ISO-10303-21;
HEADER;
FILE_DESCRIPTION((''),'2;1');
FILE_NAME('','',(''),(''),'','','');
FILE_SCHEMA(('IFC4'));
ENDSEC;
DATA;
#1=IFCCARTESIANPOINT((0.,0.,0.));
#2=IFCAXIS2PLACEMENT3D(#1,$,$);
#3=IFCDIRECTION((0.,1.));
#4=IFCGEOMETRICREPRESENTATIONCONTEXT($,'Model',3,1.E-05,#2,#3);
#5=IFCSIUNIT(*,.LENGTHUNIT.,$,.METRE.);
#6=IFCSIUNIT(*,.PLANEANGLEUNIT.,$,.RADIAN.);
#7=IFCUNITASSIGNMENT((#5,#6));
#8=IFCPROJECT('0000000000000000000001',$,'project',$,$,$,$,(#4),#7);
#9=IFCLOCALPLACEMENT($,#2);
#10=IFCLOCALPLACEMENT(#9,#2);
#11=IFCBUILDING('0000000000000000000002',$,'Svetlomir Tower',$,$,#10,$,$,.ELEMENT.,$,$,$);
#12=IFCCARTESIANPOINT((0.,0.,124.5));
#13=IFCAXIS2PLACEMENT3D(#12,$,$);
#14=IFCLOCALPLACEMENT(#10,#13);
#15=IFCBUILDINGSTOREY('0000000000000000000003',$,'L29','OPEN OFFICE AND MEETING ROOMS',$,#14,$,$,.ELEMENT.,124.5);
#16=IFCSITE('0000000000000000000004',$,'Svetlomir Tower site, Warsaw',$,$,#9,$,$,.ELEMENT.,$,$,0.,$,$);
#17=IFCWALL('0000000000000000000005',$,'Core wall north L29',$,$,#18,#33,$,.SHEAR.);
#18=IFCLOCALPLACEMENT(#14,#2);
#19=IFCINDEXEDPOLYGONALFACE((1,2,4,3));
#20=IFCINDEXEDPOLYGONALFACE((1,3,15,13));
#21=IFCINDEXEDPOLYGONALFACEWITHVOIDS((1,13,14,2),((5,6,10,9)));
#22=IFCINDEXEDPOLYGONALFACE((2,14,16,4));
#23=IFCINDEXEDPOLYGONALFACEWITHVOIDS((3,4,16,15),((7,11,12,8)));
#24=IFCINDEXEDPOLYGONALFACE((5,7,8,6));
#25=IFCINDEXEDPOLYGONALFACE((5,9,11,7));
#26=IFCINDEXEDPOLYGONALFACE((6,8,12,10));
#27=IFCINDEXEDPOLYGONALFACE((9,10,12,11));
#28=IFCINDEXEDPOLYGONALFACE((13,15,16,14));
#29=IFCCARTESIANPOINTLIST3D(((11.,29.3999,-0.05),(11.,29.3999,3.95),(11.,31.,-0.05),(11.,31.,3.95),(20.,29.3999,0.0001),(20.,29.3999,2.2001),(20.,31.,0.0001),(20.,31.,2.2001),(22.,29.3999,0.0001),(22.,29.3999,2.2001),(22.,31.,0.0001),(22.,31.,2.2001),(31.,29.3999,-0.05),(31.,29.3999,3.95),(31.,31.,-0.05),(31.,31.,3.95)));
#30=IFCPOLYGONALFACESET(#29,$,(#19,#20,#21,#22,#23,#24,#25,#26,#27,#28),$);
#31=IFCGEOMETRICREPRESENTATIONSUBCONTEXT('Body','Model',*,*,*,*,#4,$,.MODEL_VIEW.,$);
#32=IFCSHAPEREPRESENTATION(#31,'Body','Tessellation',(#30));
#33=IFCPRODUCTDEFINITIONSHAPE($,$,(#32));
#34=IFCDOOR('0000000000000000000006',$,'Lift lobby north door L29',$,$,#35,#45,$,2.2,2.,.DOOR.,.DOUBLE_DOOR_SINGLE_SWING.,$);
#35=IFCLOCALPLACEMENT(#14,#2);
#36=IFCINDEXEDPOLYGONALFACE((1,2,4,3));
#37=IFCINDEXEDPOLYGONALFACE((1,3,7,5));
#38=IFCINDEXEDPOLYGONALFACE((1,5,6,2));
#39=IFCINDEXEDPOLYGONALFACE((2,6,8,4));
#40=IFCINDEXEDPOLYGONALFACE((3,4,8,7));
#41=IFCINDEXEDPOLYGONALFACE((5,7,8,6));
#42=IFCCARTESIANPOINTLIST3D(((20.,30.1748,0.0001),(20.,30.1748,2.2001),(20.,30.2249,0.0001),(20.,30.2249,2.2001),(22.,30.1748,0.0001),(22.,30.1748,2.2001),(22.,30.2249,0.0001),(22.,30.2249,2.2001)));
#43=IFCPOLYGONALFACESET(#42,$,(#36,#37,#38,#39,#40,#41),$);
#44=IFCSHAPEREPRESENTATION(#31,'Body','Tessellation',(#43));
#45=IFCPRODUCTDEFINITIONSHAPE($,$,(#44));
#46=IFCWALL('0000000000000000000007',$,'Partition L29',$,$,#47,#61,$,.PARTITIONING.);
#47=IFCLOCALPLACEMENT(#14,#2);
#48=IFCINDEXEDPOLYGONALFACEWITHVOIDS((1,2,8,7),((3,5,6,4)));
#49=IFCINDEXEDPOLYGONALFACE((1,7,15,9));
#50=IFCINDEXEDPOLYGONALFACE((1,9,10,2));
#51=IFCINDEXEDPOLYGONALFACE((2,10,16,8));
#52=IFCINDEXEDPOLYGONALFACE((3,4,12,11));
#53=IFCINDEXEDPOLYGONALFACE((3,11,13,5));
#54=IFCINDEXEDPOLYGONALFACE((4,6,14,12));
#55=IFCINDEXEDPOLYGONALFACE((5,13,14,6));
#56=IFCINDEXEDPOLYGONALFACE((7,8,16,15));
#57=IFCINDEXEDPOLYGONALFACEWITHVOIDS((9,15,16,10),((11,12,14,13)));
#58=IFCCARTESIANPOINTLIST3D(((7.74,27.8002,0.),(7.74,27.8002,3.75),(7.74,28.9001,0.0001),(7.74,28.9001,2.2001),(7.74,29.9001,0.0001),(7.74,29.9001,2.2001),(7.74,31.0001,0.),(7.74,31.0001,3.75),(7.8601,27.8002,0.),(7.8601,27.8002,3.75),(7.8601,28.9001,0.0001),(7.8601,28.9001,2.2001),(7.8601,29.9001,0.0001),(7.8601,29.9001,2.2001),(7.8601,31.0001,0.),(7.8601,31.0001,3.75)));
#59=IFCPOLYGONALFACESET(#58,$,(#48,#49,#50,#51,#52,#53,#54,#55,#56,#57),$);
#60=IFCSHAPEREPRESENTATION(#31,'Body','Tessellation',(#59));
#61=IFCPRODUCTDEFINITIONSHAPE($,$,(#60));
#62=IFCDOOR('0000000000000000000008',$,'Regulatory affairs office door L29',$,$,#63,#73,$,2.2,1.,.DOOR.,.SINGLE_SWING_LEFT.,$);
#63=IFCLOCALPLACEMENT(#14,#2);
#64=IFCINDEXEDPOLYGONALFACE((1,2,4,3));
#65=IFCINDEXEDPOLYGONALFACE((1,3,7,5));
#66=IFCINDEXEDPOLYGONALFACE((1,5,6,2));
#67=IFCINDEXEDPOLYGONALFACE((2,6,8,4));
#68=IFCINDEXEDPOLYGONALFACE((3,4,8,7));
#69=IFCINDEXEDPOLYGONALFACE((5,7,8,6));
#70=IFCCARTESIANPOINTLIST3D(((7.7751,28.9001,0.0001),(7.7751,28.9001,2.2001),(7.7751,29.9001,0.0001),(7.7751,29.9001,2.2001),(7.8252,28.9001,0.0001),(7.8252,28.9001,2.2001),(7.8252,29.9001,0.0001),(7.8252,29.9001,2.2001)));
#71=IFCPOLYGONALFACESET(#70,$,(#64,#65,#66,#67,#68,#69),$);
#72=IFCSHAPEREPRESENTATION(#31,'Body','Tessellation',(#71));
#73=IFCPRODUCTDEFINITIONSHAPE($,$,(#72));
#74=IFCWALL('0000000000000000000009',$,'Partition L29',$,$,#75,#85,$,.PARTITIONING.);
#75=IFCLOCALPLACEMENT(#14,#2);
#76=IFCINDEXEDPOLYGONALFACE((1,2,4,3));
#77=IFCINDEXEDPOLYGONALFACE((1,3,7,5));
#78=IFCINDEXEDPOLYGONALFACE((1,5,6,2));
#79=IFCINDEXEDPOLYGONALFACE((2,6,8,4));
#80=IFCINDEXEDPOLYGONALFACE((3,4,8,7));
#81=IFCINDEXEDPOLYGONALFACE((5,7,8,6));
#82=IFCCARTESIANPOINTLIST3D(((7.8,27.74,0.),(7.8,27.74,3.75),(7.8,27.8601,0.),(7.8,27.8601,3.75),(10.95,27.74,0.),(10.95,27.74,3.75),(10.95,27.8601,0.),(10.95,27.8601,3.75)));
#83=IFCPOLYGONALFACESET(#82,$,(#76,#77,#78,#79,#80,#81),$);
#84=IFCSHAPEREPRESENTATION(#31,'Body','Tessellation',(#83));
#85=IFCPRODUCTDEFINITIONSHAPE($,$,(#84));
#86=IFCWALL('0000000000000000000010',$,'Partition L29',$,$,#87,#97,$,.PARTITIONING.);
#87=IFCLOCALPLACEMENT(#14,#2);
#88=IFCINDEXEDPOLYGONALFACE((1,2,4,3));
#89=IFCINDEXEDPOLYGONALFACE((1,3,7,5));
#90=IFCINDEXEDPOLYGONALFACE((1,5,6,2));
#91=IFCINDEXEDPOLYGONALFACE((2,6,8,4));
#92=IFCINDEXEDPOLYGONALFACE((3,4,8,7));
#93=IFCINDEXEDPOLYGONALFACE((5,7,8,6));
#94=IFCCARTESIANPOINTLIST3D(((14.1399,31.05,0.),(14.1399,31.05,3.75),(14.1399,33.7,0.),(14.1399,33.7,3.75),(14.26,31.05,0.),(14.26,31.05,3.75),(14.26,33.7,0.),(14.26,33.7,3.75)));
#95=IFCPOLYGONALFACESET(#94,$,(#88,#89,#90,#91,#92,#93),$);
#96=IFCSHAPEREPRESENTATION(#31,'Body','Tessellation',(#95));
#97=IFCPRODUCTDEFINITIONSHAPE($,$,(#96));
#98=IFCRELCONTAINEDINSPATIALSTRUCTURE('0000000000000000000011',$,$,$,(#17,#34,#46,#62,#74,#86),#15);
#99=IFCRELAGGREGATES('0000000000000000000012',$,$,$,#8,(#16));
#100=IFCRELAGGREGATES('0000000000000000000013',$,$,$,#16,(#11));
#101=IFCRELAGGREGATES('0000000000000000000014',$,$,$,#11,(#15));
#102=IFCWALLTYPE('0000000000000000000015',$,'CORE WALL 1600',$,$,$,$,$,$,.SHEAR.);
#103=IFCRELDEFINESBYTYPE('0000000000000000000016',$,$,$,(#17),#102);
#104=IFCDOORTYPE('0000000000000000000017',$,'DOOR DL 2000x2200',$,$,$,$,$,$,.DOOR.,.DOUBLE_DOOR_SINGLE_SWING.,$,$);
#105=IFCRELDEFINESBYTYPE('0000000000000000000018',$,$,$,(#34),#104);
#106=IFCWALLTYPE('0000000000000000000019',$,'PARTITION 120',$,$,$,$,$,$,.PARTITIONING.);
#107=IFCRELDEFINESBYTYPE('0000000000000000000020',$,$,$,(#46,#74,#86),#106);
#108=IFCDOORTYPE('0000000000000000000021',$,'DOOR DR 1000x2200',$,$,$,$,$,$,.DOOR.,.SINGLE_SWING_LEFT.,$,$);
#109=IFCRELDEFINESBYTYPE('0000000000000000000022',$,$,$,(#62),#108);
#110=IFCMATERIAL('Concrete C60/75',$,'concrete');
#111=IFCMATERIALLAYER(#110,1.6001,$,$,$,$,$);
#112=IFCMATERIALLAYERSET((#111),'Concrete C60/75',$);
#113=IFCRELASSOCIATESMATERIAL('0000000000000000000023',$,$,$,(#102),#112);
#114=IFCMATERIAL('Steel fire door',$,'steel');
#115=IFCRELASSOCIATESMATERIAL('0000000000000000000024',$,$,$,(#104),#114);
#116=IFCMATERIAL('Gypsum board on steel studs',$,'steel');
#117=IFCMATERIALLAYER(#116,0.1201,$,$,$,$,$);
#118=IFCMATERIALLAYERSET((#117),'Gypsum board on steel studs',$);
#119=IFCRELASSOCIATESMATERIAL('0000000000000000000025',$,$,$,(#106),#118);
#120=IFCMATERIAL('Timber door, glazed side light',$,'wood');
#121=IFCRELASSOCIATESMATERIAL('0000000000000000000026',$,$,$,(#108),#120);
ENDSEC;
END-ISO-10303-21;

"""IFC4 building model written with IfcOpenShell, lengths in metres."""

from ifc_helpers import new_model, si_unit, direction, frame, frame_2d, origin, place, context, subcontext, project, spatial, rectangle, extrude, material, layer, layer_set, type_object, element, fill, save


model = new_model("IFC4")

# Units and contexts
model_context = context("Model", 3, precision=1e-05, world=origin(), true_north=direction((0.0, 1.0)))
body_context = subcontext(model_context, "Body", "Model", "MODEL_VIEW")
ifc_project = project(units=[si_unit("LENGTHUNIT", "METRE"), si_unit("PLANEANGLEUNIT", "RADIAN")], contexts=[model_context])

# Site, building, storey
site_placement = place(None, origin())
site = spatial("IfcSite", under=ifc_project, at=site_placement, Name="Svetlomir Tower site, Warsaw", CompositionType="ELEMENT", RefElevation=0.0)
building_placement = place(site_placement, origin())
building = spatial("IfcBuilding", under=site, at=building_placement, Name="Svetlomir Tower", CompositionType="ELEMENT")
storey_placement = place(building_placement, frame((0.0, 0.0, 124.5)))
storey = spatial("IfcBuildingStorey", under=building, at=storey_placement, Name="L29", Description="OPEN OFFICE AND MEETING ROOMS", CompositionType="ELEMENT", Elevation=124.5)

# Walls, openings, doors
ifc_material_1 = material(Name="Concrete C60/75", Category="concrete")
ifc_layer_1 = layer(ifc_material_1, 1.6001)
ifc_layer_set_1 = layer_set([ifc_layer_1], Name="Concrete C60/75")
wall_type_1 = type_object("IfcWallType", Name="CORE WALL 1600", PredefinedType="SHEAR", material=ifc_layer_set_1)
wall_1_placement = place(storey_placement, frame((11.0, 30.2, -0.05), z_axis=(0.0, 0.0, 1.0), x_axis=(1.0, 0.0, 0.0)))
wall_1 = element("IfcWall", 1, at=wall_1_placement, inside=storey, type_object=wall_type_1, Name="Core wall north L29", PredefinedType="SHEAR", context=body_context, shape_type="SweptSolid", body=[
    extrude(rectangle(XDim=20.0, YDim=1.6001, at=frame_2d((10.0, 0.0))), origin(), (0.0, 0.0, 1.0), 4.0),
])
opening_1_placement = place(wall_1_placement, frame((9.0, 0.0, 0.05)))
opening_1 = element("IfcOpeningElement", 2, at=opening_1_placement, cuts=wall_1, PredefinedType="OPENING", context=body_context, shape_type="SweptSolid", body=[
    extrude(rectangle(XDim=2.0, YDim=2.2, at=frame_2d((1.0, 1.1001))), frame((0.0, 0.8101, 0.0), z_axis=(0.0, -1.0, 0.0), x_axis=(1.0, 0.0, 0.0)), (0.0, 0.0, 1.0), 1.6201),
])
ifc_material_2 = material(Name="Steel fire door", Category="steel")
door_type_1 = type_object("IfcDoorType", Name="DOOR DL 2000x2200", OperationType="DOUBLE_DOOR_SINGLE_SWING", PredefinedType="DOOR", material=ifc_material_2)
door_1_placement = place(opening_1_placement, origin())
door_1 = element("IfcDoor", 3, at=door_1_placement, inside=storey, type_object=door_type_1, Name="Lift lobby north door L29", OperationType="DOUBLE_DOOR_SINGLE_SWING", OverallHeight=2.2, OverallWidth=2.0, PredefinedType="DOOR", context=body_context, shape_type="SweptSolid", body=[
    extrude(rectangle(XDim=2.0, YDim=2.2, at=frame_2d((1.0, 1.1001))), frame((0.0, 0.0249, 0.0), z_axis=(0.0, -1.0, 0.0), x_axis=(1.0, 0.0, 0.0)), (0.0, 0.0, 1.0), 0.05),
])
fill(opening_1, door_1)
ifc_material_3 = material(Name="Gypsum board on steel studs", Category="steel")
ifc_layer_2 = layer(ifc_material_3, 0.1201)
ifc_layer_set_2 = layer_set([ifc_layer_2], Name="Gypsum board on steel studs")
wall_type_2 = type_object("IfcWallType", Name="PARTITION 120", PredefinedType="PARTITIONING", material=ifc_layer_set_2)
wall_2_placement = place(storey_placement, frame((7.8, 27.8, 0.0), z_axis=(0.0, 0.0, 1.0), x_axis=(0.0, 1.0, 0.0)))
wall_2 = element("IfcWall", 4, at=wall_2_placement, inside=storey, type_object=wall_type_2, Name="Partition L29", PredefinedType="PARTITIONING", context=body_context, shape_type="SweptSolid", body=[
    extrude(rectangle(XDim=3.2, YDim=0.1201, at=frame_2d((1.6001, 0.0))), origin(), (0.0, 0.0, 1.0), 3.75),
])
opening_2_placement = place(wall_2_placement, frame((1.1001, 0.0, 0.0)))
opening_2 = element("IfcOpeningElement", 5, at=opening_2_placement, cuts=wall_2, PredefinedType="OPENING", context=body_context, shape_type="SweptSolid", body=[
    extrude(rectangle(XDim=1.0, YDim=2.2, at=frame_2d((0.5, 1.1001))), frame((0.0, 0.0701, 0.0), z_axis=(0.0, -1.0, 0.0), x_axis=(1.0, 0.0, 0.0)), (0.0, 0.0, 1.0), 0.1401),
])
ifc_material_4 = material(Name="Timber door, glazed side light", Category="wood")
door_type_2 = type_object("IfcDoorType", Name="DOOR DR 1000x2200", OperationType="SINGLE_SWING_LEFT", PredefinedType="DOOR", material=ifc_material_4)
door_2_placement = place(opening_2_placement, origin())
door_2 = element("IfcDoor", 6, at=door_2_placement, inside=storey, type_object=door_type_2, Name="Regulatory affairs office door L29", OperationType="SINGLE_SWING_LEFT", OverallHeight=2.2, OverallWidth=1.0, PredefinedType="DOOR", context=body_context, shape_type="SweptSolid", body=[
    extrude(rectangle(XDim=1.0, YDim=2.2, at=frame_2d((0.5, 1.1001))), frame((0.0, 0.0249, 0.0), z_axis=(0.0, -1.0, 0.0), x_axis=(1.0, 0.0, 0.0)), (0.0, 0.0, 1.0), 0.05),
])
fill(opening_2, door_2)

# Walls
wall_3_placement = place(storey_placement, frame((7.8, 27.8, 0.0), z_axis=(0.0, 0.0, 1.0), x_axis=(1.0, 0.0, 0.0)))
element("IfcWall", 7, at=wall_3_placement, inside=storey, type_object=wall_type_2, Name="Partition L29", PredefinedType="PARTITIONING", context=body_context, shape_type="SweptSolid", body=[
    extrude(rectangle(XDim=3.1499, YDim=0.1201, at=frame_2d((1.575, 0.0))), origin(), (0.0, 0.0, 1.0), 3.75),
])
wall_4_placement = place(storey_placement, frame((14.2, 31.05, 0.0), z_axis=(0.0, 0.0, 1.0), x_axis=(0.0, 1.0, 0.0)))
element("IfcWall", 8, at=wall_4_placement, inside=storey, type_object=wall_type_2, Name="Partition L29", PredefinedType="PARTITIONING", context=body_context, shape_type="SweptSolid", body=[
    extrude(rectangle(XDim=2.6499, YDim=0.1201, at=frame_2d((1.325, 0.0))), origin(), (0.0, 0.0, 1.0), 3.75),
])

save(model, "model.ifc")
